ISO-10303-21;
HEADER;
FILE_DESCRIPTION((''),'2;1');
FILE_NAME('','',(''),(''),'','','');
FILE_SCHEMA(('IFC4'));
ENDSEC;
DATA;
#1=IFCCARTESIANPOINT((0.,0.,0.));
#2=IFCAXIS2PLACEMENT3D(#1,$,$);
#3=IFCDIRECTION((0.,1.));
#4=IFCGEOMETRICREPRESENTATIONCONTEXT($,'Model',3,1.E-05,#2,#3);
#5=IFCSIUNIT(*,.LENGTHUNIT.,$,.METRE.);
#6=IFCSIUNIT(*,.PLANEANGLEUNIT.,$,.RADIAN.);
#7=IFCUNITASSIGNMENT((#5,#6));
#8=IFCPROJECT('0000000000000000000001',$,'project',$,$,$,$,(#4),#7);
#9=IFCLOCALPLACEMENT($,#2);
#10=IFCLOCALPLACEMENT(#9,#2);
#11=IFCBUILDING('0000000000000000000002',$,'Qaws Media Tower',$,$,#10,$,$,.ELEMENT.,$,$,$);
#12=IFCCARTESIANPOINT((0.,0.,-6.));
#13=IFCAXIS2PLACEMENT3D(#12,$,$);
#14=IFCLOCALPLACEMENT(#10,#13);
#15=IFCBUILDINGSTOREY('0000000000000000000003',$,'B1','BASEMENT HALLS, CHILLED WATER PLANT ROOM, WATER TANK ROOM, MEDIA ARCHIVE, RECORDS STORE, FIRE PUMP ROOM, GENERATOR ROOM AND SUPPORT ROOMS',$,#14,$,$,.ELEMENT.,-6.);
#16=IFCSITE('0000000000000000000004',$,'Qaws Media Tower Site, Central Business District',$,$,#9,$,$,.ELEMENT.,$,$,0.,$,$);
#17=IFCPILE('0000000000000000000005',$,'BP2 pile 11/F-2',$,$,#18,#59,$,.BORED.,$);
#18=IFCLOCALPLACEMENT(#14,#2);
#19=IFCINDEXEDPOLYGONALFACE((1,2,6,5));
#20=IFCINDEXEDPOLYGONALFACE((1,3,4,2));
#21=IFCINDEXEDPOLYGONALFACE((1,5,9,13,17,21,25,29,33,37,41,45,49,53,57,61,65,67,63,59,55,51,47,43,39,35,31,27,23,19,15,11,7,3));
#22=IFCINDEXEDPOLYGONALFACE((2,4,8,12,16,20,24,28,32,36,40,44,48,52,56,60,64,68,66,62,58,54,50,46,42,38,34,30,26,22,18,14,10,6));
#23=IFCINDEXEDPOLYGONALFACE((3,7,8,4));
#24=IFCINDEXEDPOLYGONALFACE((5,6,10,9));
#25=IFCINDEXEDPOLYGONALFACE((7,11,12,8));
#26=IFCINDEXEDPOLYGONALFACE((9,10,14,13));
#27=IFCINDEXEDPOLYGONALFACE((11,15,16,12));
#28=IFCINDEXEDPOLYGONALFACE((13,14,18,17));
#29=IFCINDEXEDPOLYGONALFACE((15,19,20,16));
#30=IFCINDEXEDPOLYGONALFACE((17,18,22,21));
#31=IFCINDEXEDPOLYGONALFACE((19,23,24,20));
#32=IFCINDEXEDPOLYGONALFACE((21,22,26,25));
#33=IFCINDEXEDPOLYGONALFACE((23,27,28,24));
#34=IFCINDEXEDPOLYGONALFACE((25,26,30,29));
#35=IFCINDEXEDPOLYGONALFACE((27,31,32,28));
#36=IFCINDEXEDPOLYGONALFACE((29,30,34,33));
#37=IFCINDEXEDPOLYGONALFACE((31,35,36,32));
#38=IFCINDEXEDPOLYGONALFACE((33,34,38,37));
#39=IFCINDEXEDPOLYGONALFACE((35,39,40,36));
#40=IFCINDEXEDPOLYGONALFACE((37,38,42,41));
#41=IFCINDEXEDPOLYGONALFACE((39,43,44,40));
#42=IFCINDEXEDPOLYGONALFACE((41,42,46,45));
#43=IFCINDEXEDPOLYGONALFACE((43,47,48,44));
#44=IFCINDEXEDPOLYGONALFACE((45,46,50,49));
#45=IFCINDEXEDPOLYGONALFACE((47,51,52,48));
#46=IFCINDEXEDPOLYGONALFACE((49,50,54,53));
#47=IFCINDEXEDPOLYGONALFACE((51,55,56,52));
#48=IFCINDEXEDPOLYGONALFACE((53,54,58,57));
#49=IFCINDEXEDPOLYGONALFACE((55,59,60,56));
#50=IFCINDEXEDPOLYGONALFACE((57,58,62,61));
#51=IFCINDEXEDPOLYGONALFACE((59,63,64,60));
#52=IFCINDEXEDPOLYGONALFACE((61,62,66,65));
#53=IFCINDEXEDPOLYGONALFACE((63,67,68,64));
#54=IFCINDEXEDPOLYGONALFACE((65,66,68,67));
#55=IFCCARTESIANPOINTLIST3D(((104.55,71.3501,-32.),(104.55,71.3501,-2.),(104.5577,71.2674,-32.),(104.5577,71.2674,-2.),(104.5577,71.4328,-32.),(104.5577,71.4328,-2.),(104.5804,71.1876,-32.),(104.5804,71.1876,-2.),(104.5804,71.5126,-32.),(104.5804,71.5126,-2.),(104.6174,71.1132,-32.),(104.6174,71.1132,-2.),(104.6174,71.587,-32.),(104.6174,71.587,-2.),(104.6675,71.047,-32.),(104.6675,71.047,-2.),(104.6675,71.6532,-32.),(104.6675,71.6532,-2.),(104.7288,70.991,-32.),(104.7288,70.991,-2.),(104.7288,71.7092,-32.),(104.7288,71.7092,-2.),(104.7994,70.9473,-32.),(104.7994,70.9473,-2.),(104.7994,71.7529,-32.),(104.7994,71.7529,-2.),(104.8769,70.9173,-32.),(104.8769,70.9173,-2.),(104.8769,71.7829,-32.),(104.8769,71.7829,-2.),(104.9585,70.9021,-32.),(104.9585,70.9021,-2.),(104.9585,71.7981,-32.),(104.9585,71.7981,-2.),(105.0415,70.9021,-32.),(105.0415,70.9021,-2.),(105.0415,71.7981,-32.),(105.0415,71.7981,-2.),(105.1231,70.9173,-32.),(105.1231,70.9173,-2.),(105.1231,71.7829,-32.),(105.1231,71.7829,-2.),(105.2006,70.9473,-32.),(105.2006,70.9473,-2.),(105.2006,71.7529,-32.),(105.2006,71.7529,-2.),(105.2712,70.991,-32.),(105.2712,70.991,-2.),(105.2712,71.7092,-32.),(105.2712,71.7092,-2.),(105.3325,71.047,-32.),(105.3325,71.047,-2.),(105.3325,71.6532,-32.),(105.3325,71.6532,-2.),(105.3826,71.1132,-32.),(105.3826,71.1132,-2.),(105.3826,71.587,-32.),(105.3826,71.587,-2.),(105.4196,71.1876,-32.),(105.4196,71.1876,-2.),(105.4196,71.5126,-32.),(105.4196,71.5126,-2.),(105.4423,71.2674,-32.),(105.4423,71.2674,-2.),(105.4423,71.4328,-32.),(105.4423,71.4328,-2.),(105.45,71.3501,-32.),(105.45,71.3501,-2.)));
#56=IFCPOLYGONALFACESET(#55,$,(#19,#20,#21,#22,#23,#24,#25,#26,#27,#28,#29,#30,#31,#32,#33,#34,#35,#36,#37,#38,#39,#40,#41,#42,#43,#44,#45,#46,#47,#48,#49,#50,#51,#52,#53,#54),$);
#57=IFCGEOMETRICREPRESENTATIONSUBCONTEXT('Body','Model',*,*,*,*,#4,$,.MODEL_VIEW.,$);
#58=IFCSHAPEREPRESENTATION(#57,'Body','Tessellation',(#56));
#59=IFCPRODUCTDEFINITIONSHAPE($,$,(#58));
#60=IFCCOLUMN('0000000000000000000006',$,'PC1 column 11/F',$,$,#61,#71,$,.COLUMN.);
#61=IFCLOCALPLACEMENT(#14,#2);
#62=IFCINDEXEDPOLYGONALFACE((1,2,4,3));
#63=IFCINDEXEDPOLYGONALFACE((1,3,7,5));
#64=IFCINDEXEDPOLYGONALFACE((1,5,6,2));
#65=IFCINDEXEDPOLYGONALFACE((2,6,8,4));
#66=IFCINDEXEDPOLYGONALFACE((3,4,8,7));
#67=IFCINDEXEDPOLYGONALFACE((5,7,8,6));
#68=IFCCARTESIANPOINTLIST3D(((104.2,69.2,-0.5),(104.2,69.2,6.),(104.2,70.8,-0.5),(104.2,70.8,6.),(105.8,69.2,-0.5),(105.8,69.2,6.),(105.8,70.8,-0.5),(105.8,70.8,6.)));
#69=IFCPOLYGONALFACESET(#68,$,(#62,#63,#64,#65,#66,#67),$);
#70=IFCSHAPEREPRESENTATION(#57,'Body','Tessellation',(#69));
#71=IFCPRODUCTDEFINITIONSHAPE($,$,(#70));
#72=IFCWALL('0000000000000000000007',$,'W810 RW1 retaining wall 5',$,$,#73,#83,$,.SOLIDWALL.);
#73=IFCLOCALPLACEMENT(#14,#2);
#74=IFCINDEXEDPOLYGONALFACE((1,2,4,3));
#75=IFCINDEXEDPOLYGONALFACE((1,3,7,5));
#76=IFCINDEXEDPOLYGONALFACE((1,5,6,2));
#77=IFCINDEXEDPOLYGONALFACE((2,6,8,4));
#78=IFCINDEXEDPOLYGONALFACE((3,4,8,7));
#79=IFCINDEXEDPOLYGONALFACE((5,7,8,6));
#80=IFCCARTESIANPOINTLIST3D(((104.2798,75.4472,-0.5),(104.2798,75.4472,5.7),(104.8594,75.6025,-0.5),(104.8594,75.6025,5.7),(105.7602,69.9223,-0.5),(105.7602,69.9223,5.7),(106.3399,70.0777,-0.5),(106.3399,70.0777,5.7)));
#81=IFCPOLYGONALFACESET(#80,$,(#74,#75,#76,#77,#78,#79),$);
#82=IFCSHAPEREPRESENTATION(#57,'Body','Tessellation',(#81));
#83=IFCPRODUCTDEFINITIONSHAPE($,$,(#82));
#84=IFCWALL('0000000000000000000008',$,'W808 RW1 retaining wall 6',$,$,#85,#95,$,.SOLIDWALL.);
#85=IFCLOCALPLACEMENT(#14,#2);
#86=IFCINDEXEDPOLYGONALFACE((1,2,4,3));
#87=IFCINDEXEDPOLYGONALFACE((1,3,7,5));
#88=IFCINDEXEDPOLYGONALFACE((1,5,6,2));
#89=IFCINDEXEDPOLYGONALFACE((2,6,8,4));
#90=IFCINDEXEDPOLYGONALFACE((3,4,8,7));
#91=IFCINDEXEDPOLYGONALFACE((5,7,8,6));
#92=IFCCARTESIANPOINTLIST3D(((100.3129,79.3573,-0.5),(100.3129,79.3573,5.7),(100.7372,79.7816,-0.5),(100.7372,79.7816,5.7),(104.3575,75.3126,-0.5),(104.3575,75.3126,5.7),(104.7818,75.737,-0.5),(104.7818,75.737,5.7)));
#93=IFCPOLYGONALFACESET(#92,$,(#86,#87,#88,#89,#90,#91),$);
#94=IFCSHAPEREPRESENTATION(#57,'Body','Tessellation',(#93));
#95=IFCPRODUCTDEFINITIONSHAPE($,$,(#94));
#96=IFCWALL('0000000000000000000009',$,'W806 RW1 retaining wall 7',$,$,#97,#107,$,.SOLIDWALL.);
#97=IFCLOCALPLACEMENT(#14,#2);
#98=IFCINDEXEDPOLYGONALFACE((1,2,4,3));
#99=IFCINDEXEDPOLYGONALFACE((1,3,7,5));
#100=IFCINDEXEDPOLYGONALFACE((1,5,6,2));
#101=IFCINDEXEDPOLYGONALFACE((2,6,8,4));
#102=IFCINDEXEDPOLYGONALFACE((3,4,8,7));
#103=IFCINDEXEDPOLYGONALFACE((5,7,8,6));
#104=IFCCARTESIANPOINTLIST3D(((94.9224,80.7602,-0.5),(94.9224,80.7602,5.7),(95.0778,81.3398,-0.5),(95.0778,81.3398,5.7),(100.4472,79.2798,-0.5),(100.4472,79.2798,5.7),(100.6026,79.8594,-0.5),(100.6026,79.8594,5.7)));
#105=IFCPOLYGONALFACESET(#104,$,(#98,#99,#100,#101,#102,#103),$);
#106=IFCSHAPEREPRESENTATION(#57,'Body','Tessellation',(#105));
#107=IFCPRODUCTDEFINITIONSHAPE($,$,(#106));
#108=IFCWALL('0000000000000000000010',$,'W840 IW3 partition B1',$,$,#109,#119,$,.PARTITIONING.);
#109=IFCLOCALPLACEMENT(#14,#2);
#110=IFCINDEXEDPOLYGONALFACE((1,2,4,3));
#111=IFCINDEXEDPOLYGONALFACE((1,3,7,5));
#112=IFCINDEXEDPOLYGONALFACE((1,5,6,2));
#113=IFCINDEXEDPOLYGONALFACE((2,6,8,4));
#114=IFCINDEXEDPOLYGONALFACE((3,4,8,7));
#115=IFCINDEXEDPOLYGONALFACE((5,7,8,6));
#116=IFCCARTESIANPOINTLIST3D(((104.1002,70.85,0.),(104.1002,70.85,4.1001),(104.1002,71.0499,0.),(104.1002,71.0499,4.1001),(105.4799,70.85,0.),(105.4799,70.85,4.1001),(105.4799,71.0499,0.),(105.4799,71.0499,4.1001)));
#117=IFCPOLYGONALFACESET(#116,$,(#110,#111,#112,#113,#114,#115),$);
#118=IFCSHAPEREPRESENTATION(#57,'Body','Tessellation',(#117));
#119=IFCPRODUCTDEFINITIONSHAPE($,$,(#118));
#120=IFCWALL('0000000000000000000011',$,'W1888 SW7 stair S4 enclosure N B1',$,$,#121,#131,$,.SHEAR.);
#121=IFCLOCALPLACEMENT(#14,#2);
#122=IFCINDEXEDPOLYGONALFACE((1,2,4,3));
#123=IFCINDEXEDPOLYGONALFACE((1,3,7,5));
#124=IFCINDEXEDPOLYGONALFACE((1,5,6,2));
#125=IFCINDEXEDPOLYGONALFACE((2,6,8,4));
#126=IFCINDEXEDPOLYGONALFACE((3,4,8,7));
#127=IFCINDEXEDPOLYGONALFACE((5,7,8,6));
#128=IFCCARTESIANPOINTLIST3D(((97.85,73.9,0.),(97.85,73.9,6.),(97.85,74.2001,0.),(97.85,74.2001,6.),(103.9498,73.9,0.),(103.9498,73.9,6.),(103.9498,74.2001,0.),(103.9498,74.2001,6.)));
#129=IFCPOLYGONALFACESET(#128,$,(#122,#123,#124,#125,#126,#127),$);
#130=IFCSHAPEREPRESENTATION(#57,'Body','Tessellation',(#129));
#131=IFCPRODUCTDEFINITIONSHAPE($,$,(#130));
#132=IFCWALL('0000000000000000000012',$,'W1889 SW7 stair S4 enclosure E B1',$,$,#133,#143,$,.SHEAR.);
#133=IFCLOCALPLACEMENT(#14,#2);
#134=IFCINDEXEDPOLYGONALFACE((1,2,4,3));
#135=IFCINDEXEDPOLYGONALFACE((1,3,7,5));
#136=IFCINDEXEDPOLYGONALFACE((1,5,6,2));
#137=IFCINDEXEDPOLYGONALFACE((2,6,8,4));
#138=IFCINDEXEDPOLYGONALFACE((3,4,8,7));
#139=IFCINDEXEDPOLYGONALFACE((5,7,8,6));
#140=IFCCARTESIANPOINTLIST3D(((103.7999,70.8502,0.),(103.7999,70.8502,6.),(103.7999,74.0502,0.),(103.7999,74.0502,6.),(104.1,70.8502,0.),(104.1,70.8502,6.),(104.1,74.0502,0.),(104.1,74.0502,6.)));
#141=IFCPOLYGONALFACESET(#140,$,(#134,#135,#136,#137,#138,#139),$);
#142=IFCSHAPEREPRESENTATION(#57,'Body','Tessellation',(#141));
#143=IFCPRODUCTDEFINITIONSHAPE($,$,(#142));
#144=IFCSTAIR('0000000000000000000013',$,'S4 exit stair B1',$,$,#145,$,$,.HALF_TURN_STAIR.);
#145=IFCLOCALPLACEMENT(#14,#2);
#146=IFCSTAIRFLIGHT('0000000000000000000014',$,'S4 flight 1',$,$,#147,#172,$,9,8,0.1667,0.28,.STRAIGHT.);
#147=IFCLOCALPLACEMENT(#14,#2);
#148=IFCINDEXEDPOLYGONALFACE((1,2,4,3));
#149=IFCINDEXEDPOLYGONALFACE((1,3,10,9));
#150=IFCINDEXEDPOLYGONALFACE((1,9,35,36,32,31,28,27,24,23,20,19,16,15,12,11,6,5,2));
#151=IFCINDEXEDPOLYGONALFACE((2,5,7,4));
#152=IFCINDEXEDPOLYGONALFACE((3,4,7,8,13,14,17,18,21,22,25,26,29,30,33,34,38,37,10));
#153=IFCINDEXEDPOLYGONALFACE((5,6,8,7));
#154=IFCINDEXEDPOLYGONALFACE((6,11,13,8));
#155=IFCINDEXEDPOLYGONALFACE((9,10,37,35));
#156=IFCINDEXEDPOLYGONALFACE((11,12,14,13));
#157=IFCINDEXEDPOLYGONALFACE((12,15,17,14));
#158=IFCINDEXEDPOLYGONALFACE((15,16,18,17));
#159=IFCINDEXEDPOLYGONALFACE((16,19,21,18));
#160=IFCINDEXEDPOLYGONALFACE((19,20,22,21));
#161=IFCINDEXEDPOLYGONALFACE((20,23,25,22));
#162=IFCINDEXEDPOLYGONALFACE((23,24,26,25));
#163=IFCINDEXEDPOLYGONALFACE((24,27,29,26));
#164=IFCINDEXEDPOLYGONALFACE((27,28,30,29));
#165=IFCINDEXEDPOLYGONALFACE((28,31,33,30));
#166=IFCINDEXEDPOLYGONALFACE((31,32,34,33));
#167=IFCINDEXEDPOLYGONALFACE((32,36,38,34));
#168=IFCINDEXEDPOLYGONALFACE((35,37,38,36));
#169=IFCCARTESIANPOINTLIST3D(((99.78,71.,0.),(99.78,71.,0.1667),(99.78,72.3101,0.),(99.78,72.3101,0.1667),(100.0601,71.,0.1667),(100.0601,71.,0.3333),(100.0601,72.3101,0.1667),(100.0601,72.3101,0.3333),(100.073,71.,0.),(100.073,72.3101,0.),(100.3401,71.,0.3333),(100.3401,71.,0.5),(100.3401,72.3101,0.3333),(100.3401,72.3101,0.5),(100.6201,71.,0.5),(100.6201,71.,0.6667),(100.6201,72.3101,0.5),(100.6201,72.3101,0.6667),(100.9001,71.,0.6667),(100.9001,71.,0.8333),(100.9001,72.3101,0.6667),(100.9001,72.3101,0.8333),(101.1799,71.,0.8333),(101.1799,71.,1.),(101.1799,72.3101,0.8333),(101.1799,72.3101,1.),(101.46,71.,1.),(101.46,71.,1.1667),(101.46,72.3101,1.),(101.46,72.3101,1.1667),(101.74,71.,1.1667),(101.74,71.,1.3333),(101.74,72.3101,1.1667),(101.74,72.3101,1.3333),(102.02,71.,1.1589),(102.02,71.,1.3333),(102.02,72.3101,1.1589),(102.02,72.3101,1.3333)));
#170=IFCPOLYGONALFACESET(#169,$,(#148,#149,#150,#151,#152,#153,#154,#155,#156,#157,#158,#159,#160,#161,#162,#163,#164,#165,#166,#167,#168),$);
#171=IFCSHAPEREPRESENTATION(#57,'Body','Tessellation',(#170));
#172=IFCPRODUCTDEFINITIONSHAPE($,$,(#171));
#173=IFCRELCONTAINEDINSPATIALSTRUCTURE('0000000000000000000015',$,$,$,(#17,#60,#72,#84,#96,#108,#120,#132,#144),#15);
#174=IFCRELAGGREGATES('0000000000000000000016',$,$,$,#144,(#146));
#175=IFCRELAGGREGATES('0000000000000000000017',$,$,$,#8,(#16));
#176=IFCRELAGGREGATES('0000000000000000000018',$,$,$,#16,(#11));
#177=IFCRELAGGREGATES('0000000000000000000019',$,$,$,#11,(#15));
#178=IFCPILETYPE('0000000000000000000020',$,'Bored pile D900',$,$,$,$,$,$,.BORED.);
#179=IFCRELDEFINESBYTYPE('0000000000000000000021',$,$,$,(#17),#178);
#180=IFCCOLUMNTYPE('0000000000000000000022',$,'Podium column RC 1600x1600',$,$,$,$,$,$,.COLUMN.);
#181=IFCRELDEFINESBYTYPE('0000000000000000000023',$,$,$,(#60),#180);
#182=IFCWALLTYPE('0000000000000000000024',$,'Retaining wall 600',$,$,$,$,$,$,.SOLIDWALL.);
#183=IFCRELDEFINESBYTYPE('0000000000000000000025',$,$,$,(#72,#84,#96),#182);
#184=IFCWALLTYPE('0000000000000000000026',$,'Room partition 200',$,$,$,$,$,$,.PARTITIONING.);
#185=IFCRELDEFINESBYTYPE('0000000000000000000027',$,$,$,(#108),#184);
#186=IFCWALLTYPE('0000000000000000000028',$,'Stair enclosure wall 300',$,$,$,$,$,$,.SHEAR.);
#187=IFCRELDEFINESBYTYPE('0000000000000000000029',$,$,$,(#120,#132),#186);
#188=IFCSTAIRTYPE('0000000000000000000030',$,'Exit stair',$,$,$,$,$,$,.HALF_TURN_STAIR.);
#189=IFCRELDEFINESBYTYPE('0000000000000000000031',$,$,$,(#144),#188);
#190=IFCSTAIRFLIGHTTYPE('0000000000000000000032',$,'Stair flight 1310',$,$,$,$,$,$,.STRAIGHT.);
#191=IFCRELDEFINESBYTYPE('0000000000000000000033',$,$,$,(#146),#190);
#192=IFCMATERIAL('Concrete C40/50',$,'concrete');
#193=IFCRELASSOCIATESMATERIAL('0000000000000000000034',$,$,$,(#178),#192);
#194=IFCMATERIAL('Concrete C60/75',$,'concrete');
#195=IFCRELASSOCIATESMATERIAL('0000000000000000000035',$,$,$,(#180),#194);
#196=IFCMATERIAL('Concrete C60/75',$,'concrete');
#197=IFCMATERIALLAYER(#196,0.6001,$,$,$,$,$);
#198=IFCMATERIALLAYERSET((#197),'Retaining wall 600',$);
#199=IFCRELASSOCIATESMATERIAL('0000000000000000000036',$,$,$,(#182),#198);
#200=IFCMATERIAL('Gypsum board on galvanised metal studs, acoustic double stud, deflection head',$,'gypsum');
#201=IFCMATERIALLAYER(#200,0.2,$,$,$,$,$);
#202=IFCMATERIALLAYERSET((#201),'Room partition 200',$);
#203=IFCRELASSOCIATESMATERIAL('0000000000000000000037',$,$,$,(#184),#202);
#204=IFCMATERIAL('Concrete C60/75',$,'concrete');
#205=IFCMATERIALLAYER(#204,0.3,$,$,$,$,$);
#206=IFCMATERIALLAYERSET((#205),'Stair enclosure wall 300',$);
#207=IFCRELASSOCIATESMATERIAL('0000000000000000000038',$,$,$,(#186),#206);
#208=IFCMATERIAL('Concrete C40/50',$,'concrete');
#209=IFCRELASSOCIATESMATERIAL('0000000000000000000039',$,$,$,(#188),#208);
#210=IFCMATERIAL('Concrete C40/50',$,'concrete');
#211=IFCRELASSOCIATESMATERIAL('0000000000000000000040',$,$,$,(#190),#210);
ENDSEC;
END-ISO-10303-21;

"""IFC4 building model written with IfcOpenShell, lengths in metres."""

from ifc_helpers import new_model, si_unit, direction, frame, frame_2d, origin, origin_2d, place, context, subcontext, project, spatial, polyline, rectangle, circle, outline, extrude, material, layer, layer_set, material_profile, profile_set, type_object, element, aggregate, save


model = new_model("IFC4")

# Units and contexts
model_context = context("Model", 3, precision=1e-05, world=origin(), true_north=direction((0.0, 1.0)))
body_context = subcontext(model_context, "Body", "Model", "MODEL_VIEW")
ifc_project = project(units=[si_unit("LENGTHUNIT", "METRE"), si_unit("PLANEANGLEUNIT", "RADIAN")], contexts=[model_context])

# Site, building, storey
site_placement = place(None, origin())
site = spatial("IfcSite", under=ifc_project, at=site_placement, Name="Qaws Media Tower Site, Central Business District", CompositionType="ELEMENT", RefElevation=0.0)
building_placement = place(site_placement, origin())
building = spatial("IfcBuilding", under=site, at=building_placement, Name="Qaws Media Tower", CompositionType="ELEMENT")
storey_placement = place(building_placement, frame((0.0, 0.0, -6.0)))
storey = spatial("IfcBuildingStorey", under=building, at=storey_placement, Name="B1", Description="BASEMENT HALLS, CHILLED WATER PLANT ROOM, WATER TANK ROOM, MEDIA ARCHIVE, RECORDS STORE, FIRE PUMP ROOM, GENERATOR ROOM AND SUPPORT ROOMS", CompositionType="ELEMENT", Elevation=-6.0)

# Pile
ifc_material_1 = material(Name="Concrete C40/50", Category="concrete")
ifc_material_profile_1 = material_profile(ifc_material_1, circle(Radius=0.45, at=origin_2d()), Name="D900")
ifc_profile_set_1 = profile_set([ifc_material_profile_1], Name="Concrete C40/50")
pile_type = type_object("IfcPileType", Name="Bored pile D900", PredefinedType="BORED", material=ifc_profile_set_1)
pile_placement = place(storey_placement, frame((105.0, 71.3501, -2.0), z_axis=(0.0, 0.0, -1.0), x_axis=(1.0, 0.0, 0.0)))
element("IfcPile", 1, at=pile_placement, inside=storey, type_object=pile_type, Name="BP2 pile 11/F-2", PredefinedType="BORED", context=body_context, shape_type="SweptSolid", body=[
    extrude(circle(Radius=0.45, at=origin_2d()), origin(), (0.0, 0.0, 1.0), 30.0),
])

# Column
ifc_material_2 = material(Name="Concrete C60/75", Category="concrete")
ifc_material_profile_2 = material_profile(ifc_material_2, rectangle(XDim=1.6001, YDim=1.6001, at=origin_2d()), Name="RC 1600x1600")
ifc_profile_set_2 = profile_set([ifc_material_profile_2], Name="Concrete C60/75")
column_type = type_object("IfcColumnType", Name="Podium column RC 1600x1600", PredefinedType="COLUMN", material=ifc_profile_set_2)
column_placement = place(storey_placement, frame((105.0, 70.0, -0.5), z_axis=(0.0, 0.0, 1.0), x_axis=(1.0, 0.0, 0.0)))
element("IfcColumn", 2, at=column_placement, inside=storey, type_object=column_type, Name="PC1 column 11/F", PredefinedType="COLUMN", context=body_context, shape_type="SweptSolid", body=[
    extrude(rectangle(XDim=1.6001, YDim=1.6001, at=origin_2d()), origin(), (0.0, 0.0, 1.0), 6.5),
])

# Walls
ifc_material_3 = material(Name="Concrete C60/75", Category="concrete")
ifc_layer_1 = layer(ifc_material_3, 0.6001)
ifc_layer_set_1 = layer_set([ifc_layer_1], Name="Retaining wall 600")
wall_type_1 = type_object("IfcWallType", Name="Retaining wall 600", PredefinedType="SOLIDWALL", material=ifc_layer_set_1)
wall_1_placement = place(storey_placement, frame((106.05, 70.0, -0.5), z_axis=(0.0, 0.0, 1.0), x_axis=(-0.258831, 0.965923, 0.0)))
element("IfcWall", 3, at=wall_1_placement, inside=storey, type_object=wall_type_1, Name="W810 RW1 retaining wall 5", PredefinedType="SOLIDWALL", context=body_context, shape_type="SweptSolid", body=[
    extrude(rectangle(XDim=5.7197, YDim=0.6001, at=frame_2d((2.8599, 0.0))), origin(), (0.0, 0.0, 1.0), 6.2),
])
wall_2_placement = place(storey_placement, frame((104.5696, 75.5249, -0.5), z_axis=(0.0, 0.0, 1.0), x_axis=(-0.707107, 0.707107, 0.0)))
element("IfcWall", 4, at=wall_2_placement, inside=storey, type_object=wall_type_1, Name="W808 RW1 retaining wall 6", PredefinedType="SOLIDWALL", context=body_context, shape_type="SweptSolid", body=[
    extrude(rectangle(XDim=5.72, YDim=0.6001, at=frame_2d((2.8599, 0.0))), origin(), (0.0, 0.0, 1.0), 6.2),
])
wall_3_placement = place(storey_placement, frame((100.5249, 79.5696, -0.5), z_axis=(0.0, 0.0, 1.0), x_axis=(-0.965923, 0.258831, 0.0)))
element("IfcWall", 5, at=wall_3_placement, inside=storey, type_object=wall_type_1, Name="W806 RW1 retaining wall 7", PredefinedType="SOLIDWALL", context=body_context, shape_type="SweptSolid", body=[
    extrude(rectangle(XDim=5.7197, YDim=0.6001, at=frame_2d((2.8599, 0.0))), origin(), (0.0, 0.0, 1.0), 6.2),
])
ifc_material_4 = material(Name="Gypsum board on galvanised metal studs, acoustic double stud, deflection head", Category="gypsum")
ifc_layer_2 = layer(ifc_material_4, 0.2)
ifc_layer_set_2 = layer_set([ifc_layer_2], Name="Room partition 200")
wall_type_2 = type_object("IfcWallType", Name="Room partition 200", PredefinedType="PARTITIONING", material=ifc_layer_set_2)
wall_4_placement = place(storey_placement, frame((104.1001, 70.95, 0.0), z_axis=(0.0, 0.0, 1.0), x_axis=(1.0, 0.0, 0.0)))
element("IfcWall", 6, at=wall_4_placement, inside=storey, type_object=wall_type_2, Name="W840 IW3 partition B1", PredefinedType="PARTITIONING", context=body_context, shape_type="SweptSolid", body=[
    extrude(rectangle(XDim=1.3796, YDim=0.2, at=frame_2d((0.6899, 0.0))), origin(), (0.0, 0.0, 1.0), 4.1001),
])
ifc_material_5 = material(Name="Concrete C60/75", Category="concrete")
ifc_layer_3 = layer(ifc_material_5, 0.3)
ifc_layer_set_3 = layer_set([ifc_layer_3], Name="Stair enclosure wall 300")
wall_type_3 = type_object("IfcWallType", Name="Stair enclosure wall 300", PredefinedType="SHEAR", material=ifc_layer_set_3)
wall_5_placement = place(storey_placement, frame((97.8501, 74.05, 0.0), z_axis=(0.0, 0.0, 1.0), x_axis=(1.0, 0.0, 0.0)))
element("IfcWall", 7, at=wall_5_placement, inside=storey, type_object=wall_type_3, Name="W1888 SW7 stair S4 enclosure N B1", PredefinedType="SHEAR", context=body_context, shape_type="SweptSolid", body=[
    extrude(rectangle(XDim=6.0999, YDim=0.3, at=frame_2d((3.0498, 0.0))), origin(), (0.0, 0.0, 1.0), 6.0),
])
wall_6_placement = place(storey_placement, frame((103.95, 70.8501, 0.0), z_axis=(0.0, 0.0, 1.0), x_axis=(0.0, 1.0, 0.0)))
element("IfcWall", 8, at=wall_6_placement, inside=storey, type_object=wall_type_3, Name="W1889 SW7 stair S4 enclosure E B1", PredefinedType="SHEAR", context=body_context, shape_type="SweptSolid", body=[
    extrude(rectangle(XDim=3.2, YDim=0.3, at=frame_2d((1.6001, 0.0))), origin(), (0.0, 0.0, 1.0), 6.0),
])

# Stair, stair flight
ifc_material_6 = material(Name="Concrete C40/50", Category="concrete")
stair_type = type_object("IfcStairType", Name="Exit stair", PredefinedType="HALF_TURN_STAIR", material=ifc_material_6)
stair_placement = place(storey_placement, origin())
stair = element("IfcStair", 9, at=stair_placement, inside=storey, type_object=stair_type, Name="S4 exit stair B1", PredefinedType="HALF_TURN_STAIR")
ifc_material_7 = material(Name="Concrete C40/50", Category="concrete")
stair_flight_type = type_object("IfcStairFlightType", Name="Stair flight 1310", PredefinedType="STRAIGHT", material=ifc_material_7)
stair_flight_1_placement = place(storey_placement, frame((99.78, 71.655, 0.0), z_axis=(0.0, 0.0, 1.0), x_axis=(1.0, 0.0, 0.0)))
stair_flight_1 = element("IfcStairFlight", 10, at=stair_flight_1_placement, type_object=stair_flight_type, Name="S4 flight 1", NumberOfRisers=9, NumberOfTreads=8, PredefinedType="STRAIGHT", RiserHeight=0.1667, TreadLength=0.28, context=body_context, shape_type="SweptSolid", body=[
    extrude(outline(polyline([(0.0, 0.0), (0.0, 0.1667), (0.28, 0.1667), (0.28, 0.3333), (0.5601, 0.3333), (0.5601, 0.5), (0.8401, 0.5), (0.8401, 0.6667), (1.1201, 0.6667), (1.1201, 0.8333), (1.3999, 0.8333), (1.3999, 1.0), (1.6799, 1.0), (1.6799, 1.1667), (1.96, 1.1667), (1.96, 1.3333), (2.24, 1.3333), (2.24, 1.5), (2.24, 1.1589), (0.293, 0.0), (0.0, 0.0)])), frame((0.0, 0.655, 0.0), z_axis=(0.0, -1.0, 0.0), x_axis=(1.0, 0.0, 0.0)), (0.0, 0.0, 1.0), 1.3101),
])
aggregate(stair, [stair_flight_1])

save(model, "model.ifc")
